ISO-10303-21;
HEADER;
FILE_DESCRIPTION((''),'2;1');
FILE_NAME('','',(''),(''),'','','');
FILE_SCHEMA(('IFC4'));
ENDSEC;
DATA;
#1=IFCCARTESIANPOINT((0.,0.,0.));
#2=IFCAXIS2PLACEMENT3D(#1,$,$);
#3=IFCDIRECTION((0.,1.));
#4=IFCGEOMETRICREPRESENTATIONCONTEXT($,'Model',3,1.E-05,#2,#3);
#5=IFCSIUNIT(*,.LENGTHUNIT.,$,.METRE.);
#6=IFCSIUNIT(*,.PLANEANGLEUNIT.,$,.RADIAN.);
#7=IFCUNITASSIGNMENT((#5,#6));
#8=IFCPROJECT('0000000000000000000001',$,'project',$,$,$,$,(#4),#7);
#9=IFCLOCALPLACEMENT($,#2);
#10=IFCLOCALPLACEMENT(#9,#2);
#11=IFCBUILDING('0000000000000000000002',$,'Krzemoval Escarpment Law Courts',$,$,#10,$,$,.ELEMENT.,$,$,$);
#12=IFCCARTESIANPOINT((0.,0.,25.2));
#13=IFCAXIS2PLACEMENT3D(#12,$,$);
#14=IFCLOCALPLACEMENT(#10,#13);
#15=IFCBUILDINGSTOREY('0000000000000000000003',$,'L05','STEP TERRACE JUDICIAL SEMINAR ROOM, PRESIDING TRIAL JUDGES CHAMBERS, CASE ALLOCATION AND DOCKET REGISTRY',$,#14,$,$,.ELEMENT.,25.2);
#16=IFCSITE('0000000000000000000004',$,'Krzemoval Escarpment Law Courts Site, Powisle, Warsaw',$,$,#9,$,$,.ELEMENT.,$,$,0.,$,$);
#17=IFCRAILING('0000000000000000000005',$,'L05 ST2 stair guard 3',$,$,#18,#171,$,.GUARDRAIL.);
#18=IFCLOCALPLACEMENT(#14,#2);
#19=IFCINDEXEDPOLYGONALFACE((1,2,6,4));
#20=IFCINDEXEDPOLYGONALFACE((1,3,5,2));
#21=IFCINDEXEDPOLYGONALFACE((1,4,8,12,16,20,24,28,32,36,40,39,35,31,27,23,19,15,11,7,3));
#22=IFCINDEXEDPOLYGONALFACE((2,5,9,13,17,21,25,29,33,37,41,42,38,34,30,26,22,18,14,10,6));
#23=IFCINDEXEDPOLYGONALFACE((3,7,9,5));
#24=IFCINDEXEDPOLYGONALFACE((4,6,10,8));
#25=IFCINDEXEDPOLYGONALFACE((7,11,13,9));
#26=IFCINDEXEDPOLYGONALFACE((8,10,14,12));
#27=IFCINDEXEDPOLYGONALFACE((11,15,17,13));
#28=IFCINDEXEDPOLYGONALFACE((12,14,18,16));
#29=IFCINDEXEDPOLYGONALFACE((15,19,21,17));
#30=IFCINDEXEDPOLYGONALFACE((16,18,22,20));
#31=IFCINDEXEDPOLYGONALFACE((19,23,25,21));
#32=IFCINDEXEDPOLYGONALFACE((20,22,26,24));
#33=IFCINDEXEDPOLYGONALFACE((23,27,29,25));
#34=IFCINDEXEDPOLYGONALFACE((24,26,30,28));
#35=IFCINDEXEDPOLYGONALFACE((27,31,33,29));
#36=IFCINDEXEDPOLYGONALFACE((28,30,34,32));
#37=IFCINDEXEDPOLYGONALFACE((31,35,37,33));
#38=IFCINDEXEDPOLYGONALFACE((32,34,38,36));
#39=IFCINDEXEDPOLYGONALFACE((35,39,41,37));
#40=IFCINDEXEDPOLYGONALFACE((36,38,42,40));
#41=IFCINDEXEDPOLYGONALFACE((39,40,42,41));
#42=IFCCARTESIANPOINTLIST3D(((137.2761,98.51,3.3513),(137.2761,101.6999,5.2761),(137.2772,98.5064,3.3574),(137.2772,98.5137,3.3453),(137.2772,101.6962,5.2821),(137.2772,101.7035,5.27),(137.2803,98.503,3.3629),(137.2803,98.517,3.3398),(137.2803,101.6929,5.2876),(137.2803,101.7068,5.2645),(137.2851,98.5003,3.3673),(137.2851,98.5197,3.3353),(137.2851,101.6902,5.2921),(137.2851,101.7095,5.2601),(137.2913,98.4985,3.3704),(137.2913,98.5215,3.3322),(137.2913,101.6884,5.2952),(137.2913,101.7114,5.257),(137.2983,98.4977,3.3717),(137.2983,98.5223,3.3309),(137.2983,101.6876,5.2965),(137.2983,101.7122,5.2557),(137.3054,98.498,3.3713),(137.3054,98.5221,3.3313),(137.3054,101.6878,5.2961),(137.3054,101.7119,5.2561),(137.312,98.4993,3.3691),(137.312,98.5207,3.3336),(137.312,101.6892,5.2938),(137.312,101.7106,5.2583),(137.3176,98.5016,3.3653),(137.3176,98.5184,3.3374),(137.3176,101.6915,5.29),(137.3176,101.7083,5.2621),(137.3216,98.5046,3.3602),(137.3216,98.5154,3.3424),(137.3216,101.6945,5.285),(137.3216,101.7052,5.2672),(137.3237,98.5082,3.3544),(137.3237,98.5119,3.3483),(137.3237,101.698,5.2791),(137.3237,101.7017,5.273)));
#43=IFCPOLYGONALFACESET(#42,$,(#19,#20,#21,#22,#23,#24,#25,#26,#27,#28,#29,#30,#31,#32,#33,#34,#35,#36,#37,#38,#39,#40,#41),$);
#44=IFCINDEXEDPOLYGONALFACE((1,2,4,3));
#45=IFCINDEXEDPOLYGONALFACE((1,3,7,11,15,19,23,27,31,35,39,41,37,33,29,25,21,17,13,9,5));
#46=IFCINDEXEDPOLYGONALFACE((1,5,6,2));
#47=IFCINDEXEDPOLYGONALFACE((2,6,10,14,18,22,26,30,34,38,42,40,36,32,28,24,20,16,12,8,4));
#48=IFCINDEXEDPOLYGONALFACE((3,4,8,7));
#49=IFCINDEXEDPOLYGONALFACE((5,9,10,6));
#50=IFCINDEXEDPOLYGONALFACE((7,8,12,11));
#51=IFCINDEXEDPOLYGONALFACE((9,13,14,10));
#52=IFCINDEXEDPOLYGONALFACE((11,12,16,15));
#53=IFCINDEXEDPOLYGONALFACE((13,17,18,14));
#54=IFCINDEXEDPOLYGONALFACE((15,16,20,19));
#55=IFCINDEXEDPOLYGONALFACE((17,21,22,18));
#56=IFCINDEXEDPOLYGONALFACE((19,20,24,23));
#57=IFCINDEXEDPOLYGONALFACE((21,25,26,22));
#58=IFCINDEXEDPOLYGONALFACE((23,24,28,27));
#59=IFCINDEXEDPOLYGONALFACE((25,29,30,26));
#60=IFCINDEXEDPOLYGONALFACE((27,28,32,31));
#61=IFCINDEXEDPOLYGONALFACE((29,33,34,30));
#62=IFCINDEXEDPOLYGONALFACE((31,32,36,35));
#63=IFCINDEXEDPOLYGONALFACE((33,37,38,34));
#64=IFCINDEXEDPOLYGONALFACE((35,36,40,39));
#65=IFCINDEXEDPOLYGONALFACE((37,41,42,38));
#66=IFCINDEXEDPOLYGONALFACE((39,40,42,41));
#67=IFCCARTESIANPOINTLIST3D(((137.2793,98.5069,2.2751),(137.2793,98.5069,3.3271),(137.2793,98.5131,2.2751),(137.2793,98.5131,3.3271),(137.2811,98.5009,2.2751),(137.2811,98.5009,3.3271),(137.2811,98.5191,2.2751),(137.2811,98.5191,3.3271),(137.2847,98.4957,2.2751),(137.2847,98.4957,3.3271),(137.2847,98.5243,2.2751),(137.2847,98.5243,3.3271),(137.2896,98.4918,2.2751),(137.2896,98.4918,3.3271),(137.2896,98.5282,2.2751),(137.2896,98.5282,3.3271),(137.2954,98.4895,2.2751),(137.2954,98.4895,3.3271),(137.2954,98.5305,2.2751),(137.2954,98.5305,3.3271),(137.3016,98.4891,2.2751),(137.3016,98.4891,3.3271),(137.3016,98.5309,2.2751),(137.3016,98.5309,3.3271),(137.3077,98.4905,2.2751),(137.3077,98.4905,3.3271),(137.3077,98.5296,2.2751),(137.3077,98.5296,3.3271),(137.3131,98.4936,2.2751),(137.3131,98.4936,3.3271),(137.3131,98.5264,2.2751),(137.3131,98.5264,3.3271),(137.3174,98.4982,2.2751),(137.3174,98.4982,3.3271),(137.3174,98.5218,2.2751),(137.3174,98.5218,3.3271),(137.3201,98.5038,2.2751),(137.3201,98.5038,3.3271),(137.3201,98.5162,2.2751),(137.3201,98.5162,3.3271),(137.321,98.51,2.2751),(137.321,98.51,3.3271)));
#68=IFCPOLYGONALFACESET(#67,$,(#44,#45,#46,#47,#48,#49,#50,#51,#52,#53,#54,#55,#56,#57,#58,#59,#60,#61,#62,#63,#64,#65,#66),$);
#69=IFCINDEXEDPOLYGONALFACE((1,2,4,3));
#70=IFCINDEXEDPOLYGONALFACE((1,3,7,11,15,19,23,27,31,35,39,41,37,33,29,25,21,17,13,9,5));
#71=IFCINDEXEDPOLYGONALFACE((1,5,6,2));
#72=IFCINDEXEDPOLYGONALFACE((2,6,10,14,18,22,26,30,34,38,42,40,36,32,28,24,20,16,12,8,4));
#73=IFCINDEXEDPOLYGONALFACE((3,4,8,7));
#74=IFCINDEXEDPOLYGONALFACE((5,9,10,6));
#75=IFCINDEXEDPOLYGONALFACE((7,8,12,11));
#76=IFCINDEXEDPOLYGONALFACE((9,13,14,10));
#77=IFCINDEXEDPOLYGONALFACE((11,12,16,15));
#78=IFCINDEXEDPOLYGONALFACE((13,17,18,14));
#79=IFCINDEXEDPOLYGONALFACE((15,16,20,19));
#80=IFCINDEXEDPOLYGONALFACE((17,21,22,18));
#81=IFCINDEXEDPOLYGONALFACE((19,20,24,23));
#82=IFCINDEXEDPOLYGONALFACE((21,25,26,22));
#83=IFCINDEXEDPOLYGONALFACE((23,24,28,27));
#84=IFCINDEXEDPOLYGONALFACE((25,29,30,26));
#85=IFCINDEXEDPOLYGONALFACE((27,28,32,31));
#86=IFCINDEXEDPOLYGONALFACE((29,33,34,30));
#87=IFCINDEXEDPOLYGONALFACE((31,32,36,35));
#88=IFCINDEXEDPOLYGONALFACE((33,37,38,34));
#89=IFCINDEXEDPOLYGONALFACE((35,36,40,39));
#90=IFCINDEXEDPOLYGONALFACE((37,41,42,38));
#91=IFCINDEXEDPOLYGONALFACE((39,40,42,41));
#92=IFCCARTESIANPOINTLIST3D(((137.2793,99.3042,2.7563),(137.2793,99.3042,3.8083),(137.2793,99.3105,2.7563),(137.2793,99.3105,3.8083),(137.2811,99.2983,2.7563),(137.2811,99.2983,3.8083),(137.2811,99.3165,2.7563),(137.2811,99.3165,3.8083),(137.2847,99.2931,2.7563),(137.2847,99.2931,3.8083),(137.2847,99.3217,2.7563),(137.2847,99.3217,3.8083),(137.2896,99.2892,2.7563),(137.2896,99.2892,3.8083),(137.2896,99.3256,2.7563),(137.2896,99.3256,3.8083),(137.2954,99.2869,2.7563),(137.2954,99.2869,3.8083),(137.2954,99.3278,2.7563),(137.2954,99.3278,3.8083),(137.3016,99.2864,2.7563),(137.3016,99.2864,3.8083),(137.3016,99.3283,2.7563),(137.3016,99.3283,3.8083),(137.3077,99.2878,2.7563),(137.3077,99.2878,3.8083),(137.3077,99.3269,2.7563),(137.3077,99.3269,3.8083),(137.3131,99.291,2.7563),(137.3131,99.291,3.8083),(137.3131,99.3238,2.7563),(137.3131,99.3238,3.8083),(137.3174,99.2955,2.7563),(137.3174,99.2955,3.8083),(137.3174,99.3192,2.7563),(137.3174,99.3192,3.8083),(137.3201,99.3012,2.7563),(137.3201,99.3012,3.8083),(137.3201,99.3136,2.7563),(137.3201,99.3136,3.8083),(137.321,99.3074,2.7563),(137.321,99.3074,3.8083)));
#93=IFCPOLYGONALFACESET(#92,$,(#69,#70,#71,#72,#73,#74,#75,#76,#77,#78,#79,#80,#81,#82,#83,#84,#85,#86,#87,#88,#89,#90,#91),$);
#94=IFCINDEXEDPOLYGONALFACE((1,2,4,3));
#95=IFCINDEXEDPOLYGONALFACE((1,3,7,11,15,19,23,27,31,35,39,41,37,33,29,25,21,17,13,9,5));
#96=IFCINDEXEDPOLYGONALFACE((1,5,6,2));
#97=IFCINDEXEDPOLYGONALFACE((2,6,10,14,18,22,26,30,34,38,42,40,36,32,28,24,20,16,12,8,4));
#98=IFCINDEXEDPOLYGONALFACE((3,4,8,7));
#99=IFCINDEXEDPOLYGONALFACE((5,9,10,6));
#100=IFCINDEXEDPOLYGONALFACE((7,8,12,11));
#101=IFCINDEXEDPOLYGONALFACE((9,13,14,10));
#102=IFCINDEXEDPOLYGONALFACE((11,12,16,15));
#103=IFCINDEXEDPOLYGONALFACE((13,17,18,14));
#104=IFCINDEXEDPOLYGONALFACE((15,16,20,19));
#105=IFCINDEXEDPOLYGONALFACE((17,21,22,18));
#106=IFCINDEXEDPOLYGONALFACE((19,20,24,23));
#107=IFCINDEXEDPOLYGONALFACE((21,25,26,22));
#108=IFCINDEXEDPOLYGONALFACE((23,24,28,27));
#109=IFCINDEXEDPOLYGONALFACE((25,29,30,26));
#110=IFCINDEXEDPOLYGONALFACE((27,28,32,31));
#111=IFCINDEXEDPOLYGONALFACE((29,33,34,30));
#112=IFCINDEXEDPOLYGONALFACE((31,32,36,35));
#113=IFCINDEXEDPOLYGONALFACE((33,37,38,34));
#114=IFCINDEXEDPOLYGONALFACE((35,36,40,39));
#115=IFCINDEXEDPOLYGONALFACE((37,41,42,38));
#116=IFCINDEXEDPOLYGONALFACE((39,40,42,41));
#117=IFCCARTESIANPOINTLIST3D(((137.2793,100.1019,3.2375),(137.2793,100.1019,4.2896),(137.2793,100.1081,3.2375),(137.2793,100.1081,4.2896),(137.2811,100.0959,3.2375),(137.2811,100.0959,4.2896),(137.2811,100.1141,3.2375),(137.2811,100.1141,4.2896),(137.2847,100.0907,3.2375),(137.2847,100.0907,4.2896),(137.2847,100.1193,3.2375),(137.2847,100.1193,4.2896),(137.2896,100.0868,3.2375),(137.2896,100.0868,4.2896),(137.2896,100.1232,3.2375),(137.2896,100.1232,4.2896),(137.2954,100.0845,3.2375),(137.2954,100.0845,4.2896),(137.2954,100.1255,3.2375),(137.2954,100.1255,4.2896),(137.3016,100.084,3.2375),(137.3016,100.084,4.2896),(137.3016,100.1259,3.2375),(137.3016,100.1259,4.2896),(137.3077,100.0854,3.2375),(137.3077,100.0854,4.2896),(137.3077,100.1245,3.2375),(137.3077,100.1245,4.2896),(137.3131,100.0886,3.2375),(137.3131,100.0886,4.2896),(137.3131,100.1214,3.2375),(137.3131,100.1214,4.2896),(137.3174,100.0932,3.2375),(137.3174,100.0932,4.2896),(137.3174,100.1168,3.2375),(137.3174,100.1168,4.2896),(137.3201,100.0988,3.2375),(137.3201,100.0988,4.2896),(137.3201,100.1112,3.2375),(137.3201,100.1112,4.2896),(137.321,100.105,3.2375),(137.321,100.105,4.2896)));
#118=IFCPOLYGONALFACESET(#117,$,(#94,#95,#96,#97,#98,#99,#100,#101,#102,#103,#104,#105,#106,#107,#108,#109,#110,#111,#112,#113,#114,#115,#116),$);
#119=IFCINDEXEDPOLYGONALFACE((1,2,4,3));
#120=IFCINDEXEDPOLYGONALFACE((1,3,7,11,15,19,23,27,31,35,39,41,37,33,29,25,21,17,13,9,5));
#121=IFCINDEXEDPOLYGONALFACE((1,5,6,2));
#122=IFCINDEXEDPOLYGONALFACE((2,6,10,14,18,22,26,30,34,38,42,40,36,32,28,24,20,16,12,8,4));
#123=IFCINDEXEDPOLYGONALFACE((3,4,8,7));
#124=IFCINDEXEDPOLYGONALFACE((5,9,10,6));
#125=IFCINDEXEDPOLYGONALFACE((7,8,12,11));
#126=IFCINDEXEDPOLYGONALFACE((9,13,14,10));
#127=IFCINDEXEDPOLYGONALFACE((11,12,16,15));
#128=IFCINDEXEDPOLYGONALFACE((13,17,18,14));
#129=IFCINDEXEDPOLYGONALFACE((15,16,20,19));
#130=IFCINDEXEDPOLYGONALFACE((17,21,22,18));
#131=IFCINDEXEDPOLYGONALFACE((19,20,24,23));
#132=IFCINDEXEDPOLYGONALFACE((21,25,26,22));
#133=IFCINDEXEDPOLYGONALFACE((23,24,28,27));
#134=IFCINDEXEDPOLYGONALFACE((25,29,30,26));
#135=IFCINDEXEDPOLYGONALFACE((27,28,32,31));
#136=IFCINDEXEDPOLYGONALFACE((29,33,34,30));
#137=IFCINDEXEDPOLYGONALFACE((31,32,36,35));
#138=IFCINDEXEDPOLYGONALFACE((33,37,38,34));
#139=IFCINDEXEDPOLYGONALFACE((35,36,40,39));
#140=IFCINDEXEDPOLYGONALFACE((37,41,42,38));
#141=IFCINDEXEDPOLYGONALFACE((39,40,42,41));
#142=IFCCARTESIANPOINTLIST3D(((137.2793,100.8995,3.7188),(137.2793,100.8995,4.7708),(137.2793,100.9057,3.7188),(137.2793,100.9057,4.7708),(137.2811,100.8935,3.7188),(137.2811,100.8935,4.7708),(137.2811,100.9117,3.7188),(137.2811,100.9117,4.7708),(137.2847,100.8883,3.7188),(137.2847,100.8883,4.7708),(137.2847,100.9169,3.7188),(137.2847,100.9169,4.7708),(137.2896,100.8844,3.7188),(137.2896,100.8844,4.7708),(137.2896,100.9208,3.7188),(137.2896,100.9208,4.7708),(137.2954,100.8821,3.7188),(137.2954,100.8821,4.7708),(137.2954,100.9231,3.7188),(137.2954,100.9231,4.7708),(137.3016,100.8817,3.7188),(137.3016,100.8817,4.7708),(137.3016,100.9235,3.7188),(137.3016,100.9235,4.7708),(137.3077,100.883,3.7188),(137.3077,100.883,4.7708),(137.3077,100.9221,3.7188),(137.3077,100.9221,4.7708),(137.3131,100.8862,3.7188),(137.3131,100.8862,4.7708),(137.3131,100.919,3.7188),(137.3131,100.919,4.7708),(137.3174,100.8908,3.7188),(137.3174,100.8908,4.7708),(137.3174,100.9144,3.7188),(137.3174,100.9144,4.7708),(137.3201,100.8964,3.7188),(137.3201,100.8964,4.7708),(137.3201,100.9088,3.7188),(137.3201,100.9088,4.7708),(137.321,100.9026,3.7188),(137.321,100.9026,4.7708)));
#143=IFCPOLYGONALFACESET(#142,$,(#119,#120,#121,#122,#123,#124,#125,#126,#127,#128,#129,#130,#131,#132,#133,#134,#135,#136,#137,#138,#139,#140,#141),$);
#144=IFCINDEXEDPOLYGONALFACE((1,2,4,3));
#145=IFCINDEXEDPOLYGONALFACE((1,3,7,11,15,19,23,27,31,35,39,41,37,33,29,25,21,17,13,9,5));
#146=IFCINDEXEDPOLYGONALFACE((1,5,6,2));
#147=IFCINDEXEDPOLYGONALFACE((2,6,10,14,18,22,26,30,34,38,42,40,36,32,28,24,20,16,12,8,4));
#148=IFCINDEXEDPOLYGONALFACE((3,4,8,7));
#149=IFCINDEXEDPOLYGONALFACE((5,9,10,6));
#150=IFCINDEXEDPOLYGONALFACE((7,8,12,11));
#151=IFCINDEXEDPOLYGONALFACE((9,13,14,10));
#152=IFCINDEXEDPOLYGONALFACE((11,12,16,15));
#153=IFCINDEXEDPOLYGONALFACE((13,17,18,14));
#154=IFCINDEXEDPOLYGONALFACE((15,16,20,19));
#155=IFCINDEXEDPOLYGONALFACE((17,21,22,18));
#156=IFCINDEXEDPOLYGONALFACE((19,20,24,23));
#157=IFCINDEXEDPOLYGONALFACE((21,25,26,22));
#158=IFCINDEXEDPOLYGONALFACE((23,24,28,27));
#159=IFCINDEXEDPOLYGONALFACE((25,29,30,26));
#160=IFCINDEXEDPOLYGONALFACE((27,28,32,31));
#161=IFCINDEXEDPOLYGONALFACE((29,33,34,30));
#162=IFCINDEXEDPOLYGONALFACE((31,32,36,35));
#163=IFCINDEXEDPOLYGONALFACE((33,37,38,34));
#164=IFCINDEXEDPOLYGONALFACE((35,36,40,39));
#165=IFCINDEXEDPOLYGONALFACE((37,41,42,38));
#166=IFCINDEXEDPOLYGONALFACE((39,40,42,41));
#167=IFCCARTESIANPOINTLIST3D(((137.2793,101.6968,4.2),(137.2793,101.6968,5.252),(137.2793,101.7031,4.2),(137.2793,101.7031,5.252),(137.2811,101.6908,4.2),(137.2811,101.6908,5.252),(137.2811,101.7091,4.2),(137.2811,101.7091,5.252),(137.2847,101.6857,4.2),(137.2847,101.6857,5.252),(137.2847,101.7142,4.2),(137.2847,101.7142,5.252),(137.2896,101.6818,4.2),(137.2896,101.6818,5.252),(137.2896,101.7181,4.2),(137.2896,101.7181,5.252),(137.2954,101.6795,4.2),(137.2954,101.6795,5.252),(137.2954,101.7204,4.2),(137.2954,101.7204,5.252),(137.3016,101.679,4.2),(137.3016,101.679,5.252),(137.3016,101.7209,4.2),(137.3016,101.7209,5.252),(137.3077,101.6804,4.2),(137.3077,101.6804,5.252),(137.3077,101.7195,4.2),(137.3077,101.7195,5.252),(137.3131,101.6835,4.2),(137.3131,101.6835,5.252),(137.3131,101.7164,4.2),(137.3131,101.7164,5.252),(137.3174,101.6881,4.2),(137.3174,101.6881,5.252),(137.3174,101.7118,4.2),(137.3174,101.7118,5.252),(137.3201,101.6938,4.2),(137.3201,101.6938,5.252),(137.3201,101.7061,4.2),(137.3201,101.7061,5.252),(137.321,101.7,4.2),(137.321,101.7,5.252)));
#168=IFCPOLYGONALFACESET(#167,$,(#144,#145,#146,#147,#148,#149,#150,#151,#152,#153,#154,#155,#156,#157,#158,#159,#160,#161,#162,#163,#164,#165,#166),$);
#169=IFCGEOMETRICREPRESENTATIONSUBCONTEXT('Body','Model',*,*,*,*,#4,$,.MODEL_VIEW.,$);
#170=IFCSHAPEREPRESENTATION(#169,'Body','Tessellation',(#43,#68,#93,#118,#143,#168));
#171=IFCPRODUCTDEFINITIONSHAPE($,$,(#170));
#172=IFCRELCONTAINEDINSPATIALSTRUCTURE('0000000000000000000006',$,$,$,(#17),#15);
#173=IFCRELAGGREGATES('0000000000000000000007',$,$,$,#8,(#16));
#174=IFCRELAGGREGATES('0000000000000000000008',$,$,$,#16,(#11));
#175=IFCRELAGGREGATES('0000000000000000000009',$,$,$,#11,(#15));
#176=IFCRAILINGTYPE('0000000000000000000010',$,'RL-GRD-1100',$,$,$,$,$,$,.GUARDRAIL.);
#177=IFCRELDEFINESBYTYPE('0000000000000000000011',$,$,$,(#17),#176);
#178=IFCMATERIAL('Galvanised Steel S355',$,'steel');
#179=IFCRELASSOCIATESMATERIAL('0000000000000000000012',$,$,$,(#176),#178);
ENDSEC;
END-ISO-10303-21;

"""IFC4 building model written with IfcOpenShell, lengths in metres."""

from ifc_helpers import new_model, si_unit, direction, frame, origin, origin_2d, place, context, subcontext, project, spatial, circle, extrude, material, type_object, element, save


model = new_model("IFC4")

# Units and contexts
model_context = context("Model", 3, precision=1e-05, world=origin(), true_north=direction((0.0, 1.0)))
body_context = subcontext(model_context, "Body", "Model", "MODEL_VIEW")
ifc_project = project(units=[si_unit("LENGTHUNIT", "METRE"), si_unit("PLANEANGLEUNIT", "RADIAN")], contexts=[model_context])

# Site, building, storey
site_placement = place(None, origin())
site = spatial("IfcSite", under=ifc_project, at=site_placement, Name="Krzemoval Escarpment Law Courts Site, Powisle, Warsaw", CompositionType="ELEMENT", RefElevation=0.0)
building_placement = place(site_placement, origin())
building = spatial("IfcBuilding", under=site, at=building_placement, Name="Krzemoval Escarpment Law Courts", CompositionType="ELEMENT")
storey_placement = place(building_placement, frame((0.0, 0.0, 25.2)))
storey = spatial("IfcBuildingStorey", under=building, at=storey_placement, Name="L05", Description="STEP TERRACE JUDICIAL SEMINAR ROOM, PRESIDING TRIAL JUDGES CHAMBERS, CASE ALLOCATION AND DOCKET REGISTRY", CompositionType="ELEMENT", Elevation=25.2)

# Railing
ifc_material_1 = material(Name="Galvanised Steel S355", Category="steel")
railing_type_1 = type_object("IfcRailingType", Name="RL-GRD-1100", PredefinedType="GUARDRAIL", material=ifc_material_1)
railing_1_placement = place(storey_placement, frame((137.3, 98.51, 2.2751)))
element("IfcRailing", 1, at=railing_1_placement, inside=storey, type_object=railing_type_1, Name="L05 ST2 stair guard 3", PredefinedType="GUARDRAIL", context=body_context, shape_type="SweptSolid", body=[
    extrude(circle(Radius=0.0239, at=origin_2d()), frame((0.0, 0.0, 1.0762), z_axis=(0.0, 0.856207, 0.516633), x_axis=(-1.0, 0.0, 0.0)), (0.0, 0.0, 1.0), 3.7256),
    extrude(circle(Radius=0.021, at=origin_2d()), origin(), (0.0, 0.0, 1.0), 1.052),
    extrude(circle(Radius=0.021, at=origin_2d()), frame((0.0, 0.7974, 0.4812)), (0.0, 0.0, 1.0), 1.052),
    extrude(circle(Radius=0.021, at=origin_2d()), frame((0.0, 1.595, 0.9624)), (0.0, 0.0, 1.0), 1.052),
    extrude(circle(Radius=0.021, at=origin_2d()), frame((0.0, 2.3926, 1.4436)), (0.0, 0.0, 1.0), 1.052),
    extrude(circle(Radius=0.021, at=origin_2d()), frame((0.0, 3.1899, 1.9248)), (0.0, 0.0, 1.0), 1.052),
])

save(model, "model.ifc")
